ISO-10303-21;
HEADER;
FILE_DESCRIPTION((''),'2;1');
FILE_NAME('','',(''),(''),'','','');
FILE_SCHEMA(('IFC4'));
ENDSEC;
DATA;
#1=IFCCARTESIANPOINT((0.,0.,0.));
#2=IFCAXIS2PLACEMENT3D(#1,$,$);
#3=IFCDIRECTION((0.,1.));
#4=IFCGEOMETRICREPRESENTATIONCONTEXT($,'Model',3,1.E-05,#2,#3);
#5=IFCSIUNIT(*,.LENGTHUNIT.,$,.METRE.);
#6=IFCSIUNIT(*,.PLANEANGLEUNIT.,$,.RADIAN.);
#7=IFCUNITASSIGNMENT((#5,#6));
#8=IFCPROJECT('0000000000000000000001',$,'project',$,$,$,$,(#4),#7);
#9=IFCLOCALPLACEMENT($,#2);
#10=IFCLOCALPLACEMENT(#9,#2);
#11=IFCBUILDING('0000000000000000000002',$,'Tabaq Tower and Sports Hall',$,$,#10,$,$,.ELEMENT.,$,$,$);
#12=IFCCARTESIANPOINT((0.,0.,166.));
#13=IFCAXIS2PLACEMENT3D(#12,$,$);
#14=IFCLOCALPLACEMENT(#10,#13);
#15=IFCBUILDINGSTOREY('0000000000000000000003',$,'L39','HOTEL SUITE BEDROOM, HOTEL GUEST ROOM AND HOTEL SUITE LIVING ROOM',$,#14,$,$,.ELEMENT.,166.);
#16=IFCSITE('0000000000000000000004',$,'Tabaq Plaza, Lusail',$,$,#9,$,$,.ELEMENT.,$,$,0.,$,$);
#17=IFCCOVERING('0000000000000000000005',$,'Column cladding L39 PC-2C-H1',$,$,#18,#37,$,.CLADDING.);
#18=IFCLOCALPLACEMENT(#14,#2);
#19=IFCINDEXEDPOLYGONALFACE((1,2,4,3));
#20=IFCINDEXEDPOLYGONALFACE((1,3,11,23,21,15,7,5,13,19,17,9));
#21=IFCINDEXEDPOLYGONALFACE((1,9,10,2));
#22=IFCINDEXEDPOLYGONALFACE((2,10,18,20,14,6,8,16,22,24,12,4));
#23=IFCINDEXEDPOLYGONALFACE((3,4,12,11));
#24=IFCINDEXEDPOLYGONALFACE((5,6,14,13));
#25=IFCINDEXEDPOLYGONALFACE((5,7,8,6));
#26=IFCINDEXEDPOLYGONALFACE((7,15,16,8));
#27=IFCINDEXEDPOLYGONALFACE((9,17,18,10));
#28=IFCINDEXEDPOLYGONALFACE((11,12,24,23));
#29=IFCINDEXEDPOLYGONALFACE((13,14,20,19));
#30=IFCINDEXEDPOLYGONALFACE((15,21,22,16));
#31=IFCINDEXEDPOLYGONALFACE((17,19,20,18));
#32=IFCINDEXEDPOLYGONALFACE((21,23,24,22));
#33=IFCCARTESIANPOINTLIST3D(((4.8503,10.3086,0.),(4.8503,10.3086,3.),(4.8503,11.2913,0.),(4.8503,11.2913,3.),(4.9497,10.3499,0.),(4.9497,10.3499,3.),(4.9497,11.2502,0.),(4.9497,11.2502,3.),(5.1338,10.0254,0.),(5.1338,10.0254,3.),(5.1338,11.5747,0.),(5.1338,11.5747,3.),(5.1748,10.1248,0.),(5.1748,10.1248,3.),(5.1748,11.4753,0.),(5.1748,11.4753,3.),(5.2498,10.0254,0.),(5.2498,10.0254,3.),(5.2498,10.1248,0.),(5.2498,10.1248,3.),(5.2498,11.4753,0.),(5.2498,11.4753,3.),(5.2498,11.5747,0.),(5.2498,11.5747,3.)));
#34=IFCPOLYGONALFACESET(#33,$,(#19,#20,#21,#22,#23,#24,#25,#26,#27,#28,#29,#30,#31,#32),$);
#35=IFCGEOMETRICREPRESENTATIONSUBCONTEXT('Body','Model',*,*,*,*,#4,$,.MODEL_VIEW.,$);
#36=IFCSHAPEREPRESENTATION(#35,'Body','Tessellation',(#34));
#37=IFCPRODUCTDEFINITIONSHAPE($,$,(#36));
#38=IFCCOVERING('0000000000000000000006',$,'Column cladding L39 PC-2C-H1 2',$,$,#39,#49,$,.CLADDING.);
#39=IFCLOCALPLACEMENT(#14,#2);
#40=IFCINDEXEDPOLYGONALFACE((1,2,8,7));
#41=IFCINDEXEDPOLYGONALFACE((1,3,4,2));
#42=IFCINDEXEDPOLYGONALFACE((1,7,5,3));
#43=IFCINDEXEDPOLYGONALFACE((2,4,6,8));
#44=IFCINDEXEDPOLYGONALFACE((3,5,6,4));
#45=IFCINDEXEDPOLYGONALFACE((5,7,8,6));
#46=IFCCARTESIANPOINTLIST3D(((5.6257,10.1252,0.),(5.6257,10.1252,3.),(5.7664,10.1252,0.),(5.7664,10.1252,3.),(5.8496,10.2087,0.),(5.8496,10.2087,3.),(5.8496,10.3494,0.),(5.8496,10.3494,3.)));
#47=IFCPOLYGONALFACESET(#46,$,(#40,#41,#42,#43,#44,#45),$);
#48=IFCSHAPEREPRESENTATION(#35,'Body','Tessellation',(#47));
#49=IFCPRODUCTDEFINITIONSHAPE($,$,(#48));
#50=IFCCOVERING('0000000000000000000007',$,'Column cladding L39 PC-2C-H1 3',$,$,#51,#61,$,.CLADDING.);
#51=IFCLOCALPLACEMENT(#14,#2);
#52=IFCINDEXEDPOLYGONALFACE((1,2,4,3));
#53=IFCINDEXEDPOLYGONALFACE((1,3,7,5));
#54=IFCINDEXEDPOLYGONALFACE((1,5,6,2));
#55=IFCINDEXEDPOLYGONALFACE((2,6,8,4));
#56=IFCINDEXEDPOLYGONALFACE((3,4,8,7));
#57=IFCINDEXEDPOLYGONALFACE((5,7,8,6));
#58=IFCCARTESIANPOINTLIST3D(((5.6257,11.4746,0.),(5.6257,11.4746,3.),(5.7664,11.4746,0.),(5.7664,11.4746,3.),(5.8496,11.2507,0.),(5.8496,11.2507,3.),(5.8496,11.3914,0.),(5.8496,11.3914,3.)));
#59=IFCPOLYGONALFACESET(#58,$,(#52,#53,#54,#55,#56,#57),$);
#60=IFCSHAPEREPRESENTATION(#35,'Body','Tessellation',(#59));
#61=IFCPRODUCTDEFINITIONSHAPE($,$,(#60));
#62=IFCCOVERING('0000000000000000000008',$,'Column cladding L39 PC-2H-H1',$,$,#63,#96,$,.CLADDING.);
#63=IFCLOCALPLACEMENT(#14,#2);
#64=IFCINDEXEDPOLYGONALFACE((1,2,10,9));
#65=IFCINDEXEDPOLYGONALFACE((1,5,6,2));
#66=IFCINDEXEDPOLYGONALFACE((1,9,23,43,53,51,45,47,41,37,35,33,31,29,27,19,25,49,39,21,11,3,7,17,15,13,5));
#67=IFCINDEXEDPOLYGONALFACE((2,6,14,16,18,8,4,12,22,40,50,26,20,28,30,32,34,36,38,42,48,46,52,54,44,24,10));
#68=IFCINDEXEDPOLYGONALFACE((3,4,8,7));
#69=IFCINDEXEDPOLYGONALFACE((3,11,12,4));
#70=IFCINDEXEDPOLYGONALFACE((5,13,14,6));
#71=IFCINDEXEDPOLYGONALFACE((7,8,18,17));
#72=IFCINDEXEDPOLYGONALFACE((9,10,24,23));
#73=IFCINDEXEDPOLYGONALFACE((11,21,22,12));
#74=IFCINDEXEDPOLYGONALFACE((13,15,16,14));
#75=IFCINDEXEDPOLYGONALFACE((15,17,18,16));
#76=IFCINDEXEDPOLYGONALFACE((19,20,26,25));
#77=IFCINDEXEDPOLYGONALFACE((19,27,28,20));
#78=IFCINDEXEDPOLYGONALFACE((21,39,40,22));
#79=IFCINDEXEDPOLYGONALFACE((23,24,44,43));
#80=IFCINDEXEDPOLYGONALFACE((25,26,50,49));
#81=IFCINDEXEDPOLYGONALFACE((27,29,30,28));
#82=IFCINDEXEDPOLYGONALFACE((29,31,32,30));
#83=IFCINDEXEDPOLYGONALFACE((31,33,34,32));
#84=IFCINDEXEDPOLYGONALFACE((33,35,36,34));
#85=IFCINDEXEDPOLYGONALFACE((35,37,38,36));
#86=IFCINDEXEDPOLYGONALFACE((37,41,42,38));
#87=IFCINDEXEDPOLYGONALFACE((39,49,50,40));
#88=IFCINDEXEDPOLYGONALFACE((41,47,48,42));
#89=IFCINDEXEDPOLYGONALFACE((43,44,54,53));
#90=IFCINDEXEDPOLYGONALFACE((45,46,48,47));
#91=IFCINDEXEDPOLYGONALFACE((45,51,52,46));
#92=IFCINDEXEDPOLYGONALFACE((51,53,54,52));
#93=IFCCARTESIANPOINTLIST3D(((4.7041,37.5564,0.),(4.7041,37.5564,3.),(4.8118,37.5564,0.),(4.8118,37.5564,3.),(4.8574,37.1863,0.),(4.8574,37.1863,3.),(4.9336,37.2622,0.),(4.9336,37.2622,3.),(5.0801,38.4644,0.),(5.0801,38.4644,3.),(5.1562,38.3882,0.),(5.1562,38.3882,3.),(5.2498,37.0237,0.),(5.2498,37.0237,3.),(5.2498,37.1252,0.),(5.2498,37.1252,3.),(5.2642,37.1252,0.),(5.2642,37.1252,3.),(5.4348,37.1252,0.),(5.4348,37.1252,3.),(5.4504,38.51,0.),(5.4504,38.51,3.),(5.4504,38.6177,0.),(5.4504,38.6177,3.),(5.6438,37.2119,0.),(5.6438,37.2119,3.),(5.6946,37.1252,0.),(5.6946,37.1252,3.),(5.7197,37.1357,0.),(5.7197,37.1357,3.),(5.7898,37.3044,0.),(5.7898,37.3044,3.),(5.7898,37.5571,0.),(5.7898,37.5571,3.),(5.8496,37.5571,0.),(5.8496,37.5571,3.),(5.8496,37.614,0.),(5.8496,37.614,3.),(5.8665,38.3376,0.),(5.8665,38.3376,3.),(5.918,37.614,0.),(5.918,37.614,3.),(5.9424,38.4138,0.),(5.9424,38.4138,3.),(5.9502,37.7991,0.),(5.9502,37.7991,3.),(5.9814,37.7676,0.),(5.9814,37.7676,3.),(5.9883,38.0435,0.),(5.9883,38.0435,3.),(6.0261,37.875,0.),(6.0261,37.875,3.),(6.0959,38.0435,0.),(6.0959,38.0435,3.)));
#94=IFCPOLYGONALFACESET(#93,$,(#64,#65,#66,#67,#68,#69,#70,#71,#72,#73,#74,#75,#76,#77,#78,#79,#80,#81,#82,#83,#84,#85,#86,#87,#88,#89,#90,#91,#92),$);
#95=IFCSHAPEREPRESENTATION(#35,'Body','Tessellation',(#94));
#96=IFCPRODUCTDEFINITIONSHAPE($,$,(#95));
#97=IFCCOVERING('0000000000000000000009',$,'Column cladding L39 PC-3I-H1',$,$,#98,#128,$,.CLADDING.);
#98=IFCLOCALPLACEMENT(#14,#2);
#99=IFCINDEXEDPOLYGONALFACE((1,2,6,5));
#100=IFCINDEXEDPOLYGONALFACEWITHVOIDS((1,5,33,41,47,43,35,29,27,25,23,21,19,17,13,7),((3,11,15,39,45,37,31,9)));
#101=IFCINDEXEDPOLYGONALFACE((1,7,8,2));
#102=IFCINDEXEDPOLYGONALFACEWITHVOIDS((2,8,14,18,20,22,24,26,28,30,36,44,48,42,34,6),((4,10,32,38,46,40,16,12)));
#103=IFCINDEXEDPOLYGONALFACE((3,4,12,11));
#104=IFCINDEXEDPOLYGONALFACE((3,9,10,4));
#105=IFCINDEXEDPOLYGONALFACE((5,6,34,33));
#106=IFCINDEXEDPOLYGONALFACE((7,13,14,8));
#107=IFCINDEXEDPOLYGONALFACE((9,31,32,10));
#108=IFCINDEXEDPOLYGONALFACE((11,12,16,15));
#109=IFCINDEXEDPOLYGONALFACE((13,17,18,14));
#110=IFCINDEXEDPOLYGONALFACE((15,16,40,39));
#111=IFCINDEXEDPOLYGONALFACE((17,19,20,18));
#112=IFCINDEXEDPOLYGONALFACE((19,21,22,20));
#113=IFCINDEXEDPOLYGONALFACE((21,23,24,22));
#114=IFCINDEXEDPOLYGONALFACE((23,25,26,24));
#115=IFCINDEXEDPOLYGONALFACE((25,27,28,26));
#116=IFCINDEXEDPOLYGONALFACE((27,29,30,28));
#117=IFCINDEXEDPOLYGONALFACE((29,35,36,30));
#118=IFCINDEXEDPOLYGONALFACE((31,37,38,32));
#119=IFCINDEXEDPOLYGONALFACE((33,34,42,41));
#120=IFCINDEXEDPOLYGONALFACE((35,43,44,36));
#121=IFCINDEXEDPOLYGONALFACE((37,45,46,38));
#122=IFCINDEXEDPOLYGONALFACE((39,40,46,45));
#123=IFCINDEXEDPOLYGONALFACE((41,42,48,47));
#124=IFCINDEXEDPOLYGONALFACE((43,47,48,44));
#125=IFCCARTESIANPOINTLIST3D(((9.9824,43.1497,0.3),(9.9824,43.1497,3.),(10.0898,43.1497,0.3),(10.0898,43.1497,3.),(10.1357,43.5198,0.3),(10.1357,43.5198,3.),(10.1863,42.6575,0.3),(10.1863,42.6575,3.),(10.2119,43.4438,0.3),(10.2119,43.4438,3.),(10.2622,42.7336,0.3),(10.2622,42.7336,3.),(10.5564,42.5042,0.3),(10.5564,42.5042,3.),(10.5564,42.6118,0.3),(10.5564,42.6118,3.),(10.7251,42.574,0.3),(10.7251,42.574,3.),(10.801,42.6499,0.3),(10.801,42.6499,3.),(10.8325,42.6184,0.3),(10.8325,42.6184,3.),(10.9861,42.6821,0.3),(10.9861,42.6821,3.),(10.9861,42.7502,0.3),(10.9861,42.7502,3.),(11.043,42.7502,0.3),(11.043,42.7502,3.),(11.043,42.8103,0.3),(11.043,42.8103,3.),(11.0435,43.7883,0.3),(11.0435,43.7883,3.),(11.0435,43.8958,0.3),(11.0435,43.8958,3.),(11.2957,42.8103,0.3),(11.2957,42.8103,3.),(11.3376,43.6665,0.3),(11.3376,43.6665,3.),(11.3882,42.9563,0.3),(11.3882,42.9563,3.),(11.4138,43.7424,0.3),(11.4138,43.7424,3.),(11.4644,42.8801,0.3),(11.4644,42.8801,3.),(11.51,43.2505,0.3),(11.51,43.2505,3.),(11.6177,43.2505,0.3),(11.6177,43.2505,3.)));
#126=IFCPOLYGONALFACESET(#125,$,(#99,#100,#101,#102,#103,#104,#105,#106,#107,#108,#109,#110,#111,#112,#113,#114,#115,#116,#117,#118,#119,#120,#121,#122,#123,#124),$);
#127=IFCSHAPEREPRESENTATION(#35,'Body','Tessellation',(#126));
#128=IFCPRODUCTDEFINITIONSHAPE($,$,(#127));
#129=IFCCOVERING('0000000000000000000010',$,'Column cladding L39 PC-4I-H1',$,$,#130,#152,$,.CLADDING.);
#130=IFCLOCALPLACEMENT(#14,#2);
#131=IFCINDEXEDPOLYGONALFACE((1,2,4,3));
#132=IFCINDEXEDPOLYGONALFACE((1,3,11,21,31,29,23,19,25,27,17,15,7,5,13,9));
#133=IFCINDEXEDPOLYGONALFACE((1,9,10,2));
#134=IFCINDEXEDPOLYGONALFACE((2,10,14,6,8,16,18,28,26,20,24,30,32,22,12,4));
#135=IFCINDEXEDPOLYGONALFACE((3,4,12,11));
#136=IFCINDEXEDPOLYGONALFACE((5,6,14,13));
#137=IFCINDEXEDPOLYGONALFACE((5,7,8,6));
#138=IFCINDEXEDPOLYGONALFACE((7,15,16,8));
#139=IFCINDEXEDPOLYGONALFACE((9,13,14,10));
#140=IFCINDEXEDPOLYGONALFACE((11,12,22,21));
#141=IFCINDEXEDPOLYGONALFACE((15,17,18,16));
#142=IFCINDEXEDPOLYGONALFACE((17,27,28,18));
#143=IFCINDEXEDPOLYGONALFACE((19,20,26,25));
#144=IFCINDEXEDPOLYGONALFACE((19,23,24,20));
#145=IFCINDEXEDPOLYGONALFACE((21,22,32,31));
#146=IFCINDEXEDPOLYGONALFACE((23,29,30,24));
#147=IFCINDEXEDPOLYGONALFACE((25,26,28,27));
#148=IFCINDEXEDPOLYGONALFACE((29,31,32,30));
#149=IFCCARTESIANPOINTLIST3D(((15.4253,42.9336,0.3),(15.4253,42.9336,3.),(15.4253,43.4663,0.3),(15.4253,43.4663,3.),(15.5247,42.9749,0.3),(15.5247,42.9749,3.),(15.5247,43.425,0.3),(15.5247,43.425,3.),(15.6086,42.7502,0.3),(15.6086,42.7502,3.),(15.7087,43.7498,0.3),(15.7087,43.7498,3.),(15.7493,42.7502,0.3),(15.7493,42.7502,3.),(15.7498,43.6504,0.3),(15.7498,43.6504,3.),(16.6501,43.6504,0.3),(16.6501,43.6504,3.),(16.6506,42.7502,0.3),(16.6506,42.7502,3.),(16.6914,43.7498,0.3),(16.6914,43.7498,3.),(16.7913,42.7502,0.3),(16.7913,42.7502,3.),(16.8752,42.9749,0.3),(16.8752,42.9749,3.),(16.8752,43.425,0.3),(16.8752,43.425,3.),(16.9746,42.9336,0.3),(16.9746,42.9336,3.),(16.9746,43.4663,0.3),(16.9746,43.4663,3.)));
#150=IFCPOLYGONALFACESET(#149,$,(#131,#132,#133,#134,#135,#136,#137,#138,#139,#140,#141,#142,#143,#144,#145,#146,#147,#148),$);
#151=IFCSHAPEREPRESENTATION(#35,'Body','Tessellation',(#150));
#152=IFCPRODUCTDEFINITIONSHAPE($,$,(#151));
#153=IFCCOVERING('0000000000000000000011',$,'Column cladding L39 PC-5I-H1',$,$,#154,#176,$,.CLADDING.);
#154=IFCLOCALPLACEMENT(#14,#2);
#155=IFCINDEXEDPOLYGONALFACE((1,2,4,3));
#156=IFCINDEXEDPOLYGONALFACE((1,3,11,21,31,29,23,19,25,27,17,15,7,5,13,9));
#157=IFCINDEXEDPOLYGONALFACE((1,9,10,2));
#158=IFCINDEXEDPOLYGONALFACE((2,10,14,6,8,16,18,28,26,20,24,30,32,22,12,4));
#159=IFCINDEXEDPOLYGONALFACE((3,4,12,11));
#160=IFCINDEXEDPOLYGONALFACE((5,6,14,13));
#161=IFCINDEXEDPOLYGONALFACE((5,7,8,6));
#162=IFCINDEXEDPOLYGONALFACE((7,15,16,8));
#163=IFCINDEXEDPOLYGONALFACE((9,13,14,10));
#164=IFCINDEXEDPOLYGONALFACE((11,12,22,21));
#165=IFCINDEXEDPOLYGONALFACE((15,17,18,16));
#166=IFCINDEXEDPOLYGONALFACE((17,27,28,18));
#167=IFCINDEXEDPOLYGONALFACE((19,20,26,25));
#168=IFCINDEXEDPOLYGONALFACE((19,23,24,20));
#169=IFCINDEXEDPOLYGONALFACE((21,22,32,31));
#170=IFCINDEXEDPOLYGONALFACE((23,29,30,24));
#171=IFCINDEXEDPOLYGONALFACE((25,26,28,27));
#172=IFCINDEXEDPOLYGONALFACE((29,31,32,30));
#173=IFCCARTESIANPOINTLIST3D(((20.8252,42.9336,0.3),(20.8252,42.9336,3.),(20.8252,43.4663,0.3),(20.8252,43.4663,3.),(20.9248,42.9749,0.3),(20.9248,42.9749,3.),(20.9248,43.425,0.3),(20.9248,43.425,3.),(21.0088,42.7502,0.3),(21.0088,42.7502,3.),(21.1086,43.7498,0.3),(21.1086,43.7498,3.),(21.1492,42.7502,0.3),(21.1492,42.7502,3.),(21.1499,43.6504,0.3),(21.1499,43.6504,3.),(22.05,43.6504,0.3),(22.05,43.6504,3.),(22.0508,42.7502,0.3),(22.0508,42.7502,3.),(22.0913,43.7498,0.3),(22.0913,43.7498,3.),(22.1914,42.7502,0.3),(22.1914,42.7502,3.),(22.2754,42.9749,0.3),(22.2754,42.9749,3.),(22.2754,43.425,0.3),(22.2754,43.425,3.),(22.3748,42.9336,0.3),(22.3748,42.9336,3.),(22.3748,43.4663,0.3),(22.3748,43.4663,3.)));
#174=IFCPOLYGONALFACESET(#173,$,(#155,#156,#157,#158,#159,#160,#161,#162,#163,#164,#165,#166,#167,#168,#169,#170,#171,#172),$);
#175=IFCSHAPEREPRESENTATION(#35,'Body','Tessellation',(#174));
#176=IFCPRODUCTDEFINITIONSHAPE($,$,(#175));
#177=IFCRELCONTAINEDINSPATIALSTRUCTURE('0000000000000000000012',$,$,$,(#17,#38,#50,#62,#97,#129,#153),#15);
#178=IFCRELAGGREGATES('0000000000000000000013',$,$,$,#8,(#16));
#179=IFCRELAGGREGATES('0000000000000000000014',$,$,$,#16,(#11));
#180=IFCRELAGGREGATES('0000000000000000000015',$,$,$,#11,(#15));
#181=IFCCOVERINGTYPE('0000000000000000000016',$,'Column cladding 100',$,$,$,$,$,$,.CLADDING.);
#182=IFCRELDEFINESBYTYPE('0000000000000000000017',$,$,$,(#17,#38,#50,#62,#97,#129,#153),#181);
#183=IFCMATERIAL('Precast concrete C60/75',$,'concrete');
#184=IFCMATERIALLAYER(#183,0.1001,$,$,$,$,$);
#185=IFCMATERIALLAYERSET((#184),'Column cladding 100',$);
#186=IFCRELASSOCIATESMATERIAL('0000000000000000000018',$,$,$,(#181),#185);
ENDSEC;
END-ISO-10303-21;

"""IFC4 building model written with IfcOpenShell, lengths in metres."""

from ifc_helpers import new_model, si_unit, direction, frame, origin, place, context, subcontext, project, spatial, polyline, outline, extrude, material, layer, layer_set, type_object, element, save


model = new_model("IFC4")

# Units and contexts
model_context = context("Model", 3, precision=1e-05, world=origin(), true_north=direction((0.0, 1.0)))
body_context = subcontext(model_context, "Body", "Model", "MODEL_VIEW")
ifc_project = project(units=[si_unit("LENGTHUNIT", "METRE"), si_unit("PLANEANGLEUNIT", "RADIAN")], contexts=[model_context])

# Site, building, storey
site_placement = place(None, origin())
site = spatial("IfcSite", under=ifc_project, at=site_placement, Name="Tabaq Plaza, Lusail", CompositionType="ELEMENT", RefElevation=0.0)
building_placement = place(site_placement, origin())
building = spatial("IfcBuilding", under=site, at=building_placement, Name="Tabaq Tower and Sports Hall", CompositionType="ELEMENT")
storey_placement = place(building_placement, frame((0.0, 0.0, 166.0)))
storey = spatial("IfcBuildingStorey", under=building, at=storey_placement, Name="L39", Description="HOTEL SUITE BEDROOM, HOTEL GUEST ROOM AND HOTEL SUITE LIVING ROOM", CompositionType="ELEMENT", Elevation=166.0)

# Coverings
ifc_material_1 = material(Name="Precast concrete C60/75", Category="concrete")
ifc_layer_1 = layer(ifc_material_1, 0.1001)
ifc_layer_set_1 = layer_set([ifc_layer_1], Name="Column cladding 100")
covering_type_1 = type_object("IfcCoveringType", Name="Column cladding 100", PredefinedType="CLADDING", material=ifc_layer_set_1)
covering_1_placement = place(storey_placement, origin())
element("IfcCovering", 1, at=covering_1_placement, inside=storey, type_object=covering_type_1, Name="Column cladding L39 PC-2C-H1", PredefinedType="CLADDING", context=body_context, shape_type="SweptSolid", body=[
    extrude(outline(polyline([(5.1338, 10.0254), (4.8503, 10.3086), (4.8503, 11.2913), (5.1338, 11.5747), (5.2498, 11.5747), (5.2498, 11.4753), (5.1748, 11.4753), (4.9497, 11.2502), (4.9497, 10.3499), (5.1748, 10.1248), (5.2498, 10.1248), (5.2498, 10.0254), (5.1338, 10.0254)])), origin(), (0.0, 0.0, 1.0), 3.0),
])
covering_2_placement = place(storey_placement, origin())
element("IfcCovering", 2, at=covering_2_placement, inside=storey, type_object=covering_type_1, Name="Column cladding L39 PC-2C-H1 2", PredefinedType="CLADDING", context=body_context, shape_type="SweptSolid", body=[
    extrude(outline(polyline([(5.7664, 10.1252), (5.6257, 10.1252), (5.8496, 10.3494), (5.8496, 10.2087), (5.7664, 10.1252)])), origin(), (0.0, 0.0, 1.0), 3.0),
])
covering_3_placement = place(storey_placement, origin())
element("IfcCovering", 3, at=covering_3_placement, inside=storey, type_object=covering_type_1, Name="Column cladding L39 PC-2C-H1 3", PredefinedType="CLADDING", context=body_context, shape_type="SweptSolid", body=[
    extrude(outline(polyline([(5.8496, 11.3914), (5.8496, 11.2507), (5.6257, 11.4746), (5.7664, 11.4746), (5.8496, 11.3914)])), origin(), (0.0, 0.0, 1.0), 3.0),
])
covering_4_placement = place(storey_placement, origin())
element("IfcCovering", 4, at=covering_4_placement, inside=storey, type_object=covering_type_1, Name="Column cladding L39 PC-2H-H1", PredefinedType="CLADDING", context=body_context, shape_type="SweptSolid", body=[
    extrude(outline(polyline([(4.8574, 37.1863), (4.7041, 37.5564), (5.0801, 38.4644), (5.4504, 38.6177), (5.9424, 38.4138), (6.0959, 38.0435), (6.0261, 37.875), (5.9502, 37.7991), (5.9814, 37.7676), (5.918, 37.614), (5.8496, 37.614), (5.8496, 37.5571), (5.7898, 37.5571), (5.7898, 37.3044), (5.7197, 37.1357), (5.6946, 37.1252), (5.4348, 37.1252), (5.6438, 37.2119), (5.9883, 38.0435), (5.8665, 38.3376), (5.4504, 38.51), (5.1562, 38.3882), (4.8118, 37.5564), (4.9336, 37.2622), (5.2642, 37.1252), (5.2498, 37.1252), (5.2498, 37.0237), (4.8574, 37.1863)])), origin(), (0.0, 0.0, 1.0), 3.0),
])
covering_5_placement = place(storey_placement, frame((0.0, 0.0, 0.3)))
element("IfcCovering", 5, at=covering_5_placement, inside=storey, type_object=covering_type_1, Name="Column cladding L39 PC-3I-H1", PredefinedType="CLADDING", context=body_context, shape_type="SweptSolid", body=[
    extrude(outline(polyline([(9.9824, 43.1497), (10.1357, 43.5198), (11.0435, 43.8958), (11.4138, 43.7424), (11.6177, 43.2505), (11.4644, 42.8801), (11.2957, 42.8103), (11.043, 42.8103), (11.043, 42.7502), (10.9861, 42.7502), (10.9861, 42.6821), (10.8325, 42.6184), (10.801, 42.6499), (10.7251, 42.574), (10.5564, 42.5042), (10.1863, 42.6575), (9.9824, 43.1497)]), holes=[polyline([(11.51, 43.2505), (11.3376, 43.6665), (11.0435, 43.7883), (10.2119, 43.4438), (10.0898, 43.1497), (10.2622, 42.7336), (10.5564, 42.6118), (11.3882, 42.9563), (11.51, 43.2505)])]), origin(), (0.0, 0.0, 1.0), 2.7),
])
covering_6_placement = place(storey_placement, frame((0.0, 0.0, 0.3)))
element("IfcCovering", 6, at=covering_6_placement, inside=storey, type_object=covering_type_1, Name="Column cladding L39 PC-4I-H1", PredefinedType="CLADDING", context=body_context, shape_type="SweptSolid", body=[
    extrude(outline(polyline([(15.4253, 43.4663), (15.7087, 43.7498), (16.6914, 43.7498), (16.9746, 43.4663), (16.9746, 42.9336), (16.7913, 42.7502), (16.6506, 42.7502), (16.8752, 42.9749), (16.8752, 43.425), (16.6501, 43.6504), (15.7498, 43.6504), (15.5247, 43.425), (15.5247, 42.9749), (15.7493, 42.7502), (15.6086, 42.7502), (15.4253, 42.9336), (15.4253, 43.4663)])), origin(), (0.0, 0.0, 1.0), 2.7),
])
covering_7_placement = place(storey_placement, frame((0.0, 0.0, 0.3)))
element("IfcCovering", 7, at=covering_7_placement, inside=storey, type_object=covering_type_1, Name="Column cladding L39 PC-5I-H1", PredefinedType="CLADDING", context=body_context, shape_type="SweptSolid", body=[
    extrude(outline(polyline([(20.8252, 43.4663), (21.1086, 43.7498), (22.0913, 43.7498), (22.3748, 43.4663), (22.3748, 42.9336), (22.1914, 42.7502), (22.0508, 42.7502), (22.2754, 42.9749), (22.2754, 43.425), (22.05, 43.6504), (21.1499, 43.6504), (20.9248, 43.425), (20.9248, 42.9749), (21.1492, 42.7502), (21.0088, 42.7502), (20.8252, 42.9336), (20.8252, 43.4663)])), origin(), (0.0, 0.0, 1.0), 2.7),
])

save(model, "model.ifc")
